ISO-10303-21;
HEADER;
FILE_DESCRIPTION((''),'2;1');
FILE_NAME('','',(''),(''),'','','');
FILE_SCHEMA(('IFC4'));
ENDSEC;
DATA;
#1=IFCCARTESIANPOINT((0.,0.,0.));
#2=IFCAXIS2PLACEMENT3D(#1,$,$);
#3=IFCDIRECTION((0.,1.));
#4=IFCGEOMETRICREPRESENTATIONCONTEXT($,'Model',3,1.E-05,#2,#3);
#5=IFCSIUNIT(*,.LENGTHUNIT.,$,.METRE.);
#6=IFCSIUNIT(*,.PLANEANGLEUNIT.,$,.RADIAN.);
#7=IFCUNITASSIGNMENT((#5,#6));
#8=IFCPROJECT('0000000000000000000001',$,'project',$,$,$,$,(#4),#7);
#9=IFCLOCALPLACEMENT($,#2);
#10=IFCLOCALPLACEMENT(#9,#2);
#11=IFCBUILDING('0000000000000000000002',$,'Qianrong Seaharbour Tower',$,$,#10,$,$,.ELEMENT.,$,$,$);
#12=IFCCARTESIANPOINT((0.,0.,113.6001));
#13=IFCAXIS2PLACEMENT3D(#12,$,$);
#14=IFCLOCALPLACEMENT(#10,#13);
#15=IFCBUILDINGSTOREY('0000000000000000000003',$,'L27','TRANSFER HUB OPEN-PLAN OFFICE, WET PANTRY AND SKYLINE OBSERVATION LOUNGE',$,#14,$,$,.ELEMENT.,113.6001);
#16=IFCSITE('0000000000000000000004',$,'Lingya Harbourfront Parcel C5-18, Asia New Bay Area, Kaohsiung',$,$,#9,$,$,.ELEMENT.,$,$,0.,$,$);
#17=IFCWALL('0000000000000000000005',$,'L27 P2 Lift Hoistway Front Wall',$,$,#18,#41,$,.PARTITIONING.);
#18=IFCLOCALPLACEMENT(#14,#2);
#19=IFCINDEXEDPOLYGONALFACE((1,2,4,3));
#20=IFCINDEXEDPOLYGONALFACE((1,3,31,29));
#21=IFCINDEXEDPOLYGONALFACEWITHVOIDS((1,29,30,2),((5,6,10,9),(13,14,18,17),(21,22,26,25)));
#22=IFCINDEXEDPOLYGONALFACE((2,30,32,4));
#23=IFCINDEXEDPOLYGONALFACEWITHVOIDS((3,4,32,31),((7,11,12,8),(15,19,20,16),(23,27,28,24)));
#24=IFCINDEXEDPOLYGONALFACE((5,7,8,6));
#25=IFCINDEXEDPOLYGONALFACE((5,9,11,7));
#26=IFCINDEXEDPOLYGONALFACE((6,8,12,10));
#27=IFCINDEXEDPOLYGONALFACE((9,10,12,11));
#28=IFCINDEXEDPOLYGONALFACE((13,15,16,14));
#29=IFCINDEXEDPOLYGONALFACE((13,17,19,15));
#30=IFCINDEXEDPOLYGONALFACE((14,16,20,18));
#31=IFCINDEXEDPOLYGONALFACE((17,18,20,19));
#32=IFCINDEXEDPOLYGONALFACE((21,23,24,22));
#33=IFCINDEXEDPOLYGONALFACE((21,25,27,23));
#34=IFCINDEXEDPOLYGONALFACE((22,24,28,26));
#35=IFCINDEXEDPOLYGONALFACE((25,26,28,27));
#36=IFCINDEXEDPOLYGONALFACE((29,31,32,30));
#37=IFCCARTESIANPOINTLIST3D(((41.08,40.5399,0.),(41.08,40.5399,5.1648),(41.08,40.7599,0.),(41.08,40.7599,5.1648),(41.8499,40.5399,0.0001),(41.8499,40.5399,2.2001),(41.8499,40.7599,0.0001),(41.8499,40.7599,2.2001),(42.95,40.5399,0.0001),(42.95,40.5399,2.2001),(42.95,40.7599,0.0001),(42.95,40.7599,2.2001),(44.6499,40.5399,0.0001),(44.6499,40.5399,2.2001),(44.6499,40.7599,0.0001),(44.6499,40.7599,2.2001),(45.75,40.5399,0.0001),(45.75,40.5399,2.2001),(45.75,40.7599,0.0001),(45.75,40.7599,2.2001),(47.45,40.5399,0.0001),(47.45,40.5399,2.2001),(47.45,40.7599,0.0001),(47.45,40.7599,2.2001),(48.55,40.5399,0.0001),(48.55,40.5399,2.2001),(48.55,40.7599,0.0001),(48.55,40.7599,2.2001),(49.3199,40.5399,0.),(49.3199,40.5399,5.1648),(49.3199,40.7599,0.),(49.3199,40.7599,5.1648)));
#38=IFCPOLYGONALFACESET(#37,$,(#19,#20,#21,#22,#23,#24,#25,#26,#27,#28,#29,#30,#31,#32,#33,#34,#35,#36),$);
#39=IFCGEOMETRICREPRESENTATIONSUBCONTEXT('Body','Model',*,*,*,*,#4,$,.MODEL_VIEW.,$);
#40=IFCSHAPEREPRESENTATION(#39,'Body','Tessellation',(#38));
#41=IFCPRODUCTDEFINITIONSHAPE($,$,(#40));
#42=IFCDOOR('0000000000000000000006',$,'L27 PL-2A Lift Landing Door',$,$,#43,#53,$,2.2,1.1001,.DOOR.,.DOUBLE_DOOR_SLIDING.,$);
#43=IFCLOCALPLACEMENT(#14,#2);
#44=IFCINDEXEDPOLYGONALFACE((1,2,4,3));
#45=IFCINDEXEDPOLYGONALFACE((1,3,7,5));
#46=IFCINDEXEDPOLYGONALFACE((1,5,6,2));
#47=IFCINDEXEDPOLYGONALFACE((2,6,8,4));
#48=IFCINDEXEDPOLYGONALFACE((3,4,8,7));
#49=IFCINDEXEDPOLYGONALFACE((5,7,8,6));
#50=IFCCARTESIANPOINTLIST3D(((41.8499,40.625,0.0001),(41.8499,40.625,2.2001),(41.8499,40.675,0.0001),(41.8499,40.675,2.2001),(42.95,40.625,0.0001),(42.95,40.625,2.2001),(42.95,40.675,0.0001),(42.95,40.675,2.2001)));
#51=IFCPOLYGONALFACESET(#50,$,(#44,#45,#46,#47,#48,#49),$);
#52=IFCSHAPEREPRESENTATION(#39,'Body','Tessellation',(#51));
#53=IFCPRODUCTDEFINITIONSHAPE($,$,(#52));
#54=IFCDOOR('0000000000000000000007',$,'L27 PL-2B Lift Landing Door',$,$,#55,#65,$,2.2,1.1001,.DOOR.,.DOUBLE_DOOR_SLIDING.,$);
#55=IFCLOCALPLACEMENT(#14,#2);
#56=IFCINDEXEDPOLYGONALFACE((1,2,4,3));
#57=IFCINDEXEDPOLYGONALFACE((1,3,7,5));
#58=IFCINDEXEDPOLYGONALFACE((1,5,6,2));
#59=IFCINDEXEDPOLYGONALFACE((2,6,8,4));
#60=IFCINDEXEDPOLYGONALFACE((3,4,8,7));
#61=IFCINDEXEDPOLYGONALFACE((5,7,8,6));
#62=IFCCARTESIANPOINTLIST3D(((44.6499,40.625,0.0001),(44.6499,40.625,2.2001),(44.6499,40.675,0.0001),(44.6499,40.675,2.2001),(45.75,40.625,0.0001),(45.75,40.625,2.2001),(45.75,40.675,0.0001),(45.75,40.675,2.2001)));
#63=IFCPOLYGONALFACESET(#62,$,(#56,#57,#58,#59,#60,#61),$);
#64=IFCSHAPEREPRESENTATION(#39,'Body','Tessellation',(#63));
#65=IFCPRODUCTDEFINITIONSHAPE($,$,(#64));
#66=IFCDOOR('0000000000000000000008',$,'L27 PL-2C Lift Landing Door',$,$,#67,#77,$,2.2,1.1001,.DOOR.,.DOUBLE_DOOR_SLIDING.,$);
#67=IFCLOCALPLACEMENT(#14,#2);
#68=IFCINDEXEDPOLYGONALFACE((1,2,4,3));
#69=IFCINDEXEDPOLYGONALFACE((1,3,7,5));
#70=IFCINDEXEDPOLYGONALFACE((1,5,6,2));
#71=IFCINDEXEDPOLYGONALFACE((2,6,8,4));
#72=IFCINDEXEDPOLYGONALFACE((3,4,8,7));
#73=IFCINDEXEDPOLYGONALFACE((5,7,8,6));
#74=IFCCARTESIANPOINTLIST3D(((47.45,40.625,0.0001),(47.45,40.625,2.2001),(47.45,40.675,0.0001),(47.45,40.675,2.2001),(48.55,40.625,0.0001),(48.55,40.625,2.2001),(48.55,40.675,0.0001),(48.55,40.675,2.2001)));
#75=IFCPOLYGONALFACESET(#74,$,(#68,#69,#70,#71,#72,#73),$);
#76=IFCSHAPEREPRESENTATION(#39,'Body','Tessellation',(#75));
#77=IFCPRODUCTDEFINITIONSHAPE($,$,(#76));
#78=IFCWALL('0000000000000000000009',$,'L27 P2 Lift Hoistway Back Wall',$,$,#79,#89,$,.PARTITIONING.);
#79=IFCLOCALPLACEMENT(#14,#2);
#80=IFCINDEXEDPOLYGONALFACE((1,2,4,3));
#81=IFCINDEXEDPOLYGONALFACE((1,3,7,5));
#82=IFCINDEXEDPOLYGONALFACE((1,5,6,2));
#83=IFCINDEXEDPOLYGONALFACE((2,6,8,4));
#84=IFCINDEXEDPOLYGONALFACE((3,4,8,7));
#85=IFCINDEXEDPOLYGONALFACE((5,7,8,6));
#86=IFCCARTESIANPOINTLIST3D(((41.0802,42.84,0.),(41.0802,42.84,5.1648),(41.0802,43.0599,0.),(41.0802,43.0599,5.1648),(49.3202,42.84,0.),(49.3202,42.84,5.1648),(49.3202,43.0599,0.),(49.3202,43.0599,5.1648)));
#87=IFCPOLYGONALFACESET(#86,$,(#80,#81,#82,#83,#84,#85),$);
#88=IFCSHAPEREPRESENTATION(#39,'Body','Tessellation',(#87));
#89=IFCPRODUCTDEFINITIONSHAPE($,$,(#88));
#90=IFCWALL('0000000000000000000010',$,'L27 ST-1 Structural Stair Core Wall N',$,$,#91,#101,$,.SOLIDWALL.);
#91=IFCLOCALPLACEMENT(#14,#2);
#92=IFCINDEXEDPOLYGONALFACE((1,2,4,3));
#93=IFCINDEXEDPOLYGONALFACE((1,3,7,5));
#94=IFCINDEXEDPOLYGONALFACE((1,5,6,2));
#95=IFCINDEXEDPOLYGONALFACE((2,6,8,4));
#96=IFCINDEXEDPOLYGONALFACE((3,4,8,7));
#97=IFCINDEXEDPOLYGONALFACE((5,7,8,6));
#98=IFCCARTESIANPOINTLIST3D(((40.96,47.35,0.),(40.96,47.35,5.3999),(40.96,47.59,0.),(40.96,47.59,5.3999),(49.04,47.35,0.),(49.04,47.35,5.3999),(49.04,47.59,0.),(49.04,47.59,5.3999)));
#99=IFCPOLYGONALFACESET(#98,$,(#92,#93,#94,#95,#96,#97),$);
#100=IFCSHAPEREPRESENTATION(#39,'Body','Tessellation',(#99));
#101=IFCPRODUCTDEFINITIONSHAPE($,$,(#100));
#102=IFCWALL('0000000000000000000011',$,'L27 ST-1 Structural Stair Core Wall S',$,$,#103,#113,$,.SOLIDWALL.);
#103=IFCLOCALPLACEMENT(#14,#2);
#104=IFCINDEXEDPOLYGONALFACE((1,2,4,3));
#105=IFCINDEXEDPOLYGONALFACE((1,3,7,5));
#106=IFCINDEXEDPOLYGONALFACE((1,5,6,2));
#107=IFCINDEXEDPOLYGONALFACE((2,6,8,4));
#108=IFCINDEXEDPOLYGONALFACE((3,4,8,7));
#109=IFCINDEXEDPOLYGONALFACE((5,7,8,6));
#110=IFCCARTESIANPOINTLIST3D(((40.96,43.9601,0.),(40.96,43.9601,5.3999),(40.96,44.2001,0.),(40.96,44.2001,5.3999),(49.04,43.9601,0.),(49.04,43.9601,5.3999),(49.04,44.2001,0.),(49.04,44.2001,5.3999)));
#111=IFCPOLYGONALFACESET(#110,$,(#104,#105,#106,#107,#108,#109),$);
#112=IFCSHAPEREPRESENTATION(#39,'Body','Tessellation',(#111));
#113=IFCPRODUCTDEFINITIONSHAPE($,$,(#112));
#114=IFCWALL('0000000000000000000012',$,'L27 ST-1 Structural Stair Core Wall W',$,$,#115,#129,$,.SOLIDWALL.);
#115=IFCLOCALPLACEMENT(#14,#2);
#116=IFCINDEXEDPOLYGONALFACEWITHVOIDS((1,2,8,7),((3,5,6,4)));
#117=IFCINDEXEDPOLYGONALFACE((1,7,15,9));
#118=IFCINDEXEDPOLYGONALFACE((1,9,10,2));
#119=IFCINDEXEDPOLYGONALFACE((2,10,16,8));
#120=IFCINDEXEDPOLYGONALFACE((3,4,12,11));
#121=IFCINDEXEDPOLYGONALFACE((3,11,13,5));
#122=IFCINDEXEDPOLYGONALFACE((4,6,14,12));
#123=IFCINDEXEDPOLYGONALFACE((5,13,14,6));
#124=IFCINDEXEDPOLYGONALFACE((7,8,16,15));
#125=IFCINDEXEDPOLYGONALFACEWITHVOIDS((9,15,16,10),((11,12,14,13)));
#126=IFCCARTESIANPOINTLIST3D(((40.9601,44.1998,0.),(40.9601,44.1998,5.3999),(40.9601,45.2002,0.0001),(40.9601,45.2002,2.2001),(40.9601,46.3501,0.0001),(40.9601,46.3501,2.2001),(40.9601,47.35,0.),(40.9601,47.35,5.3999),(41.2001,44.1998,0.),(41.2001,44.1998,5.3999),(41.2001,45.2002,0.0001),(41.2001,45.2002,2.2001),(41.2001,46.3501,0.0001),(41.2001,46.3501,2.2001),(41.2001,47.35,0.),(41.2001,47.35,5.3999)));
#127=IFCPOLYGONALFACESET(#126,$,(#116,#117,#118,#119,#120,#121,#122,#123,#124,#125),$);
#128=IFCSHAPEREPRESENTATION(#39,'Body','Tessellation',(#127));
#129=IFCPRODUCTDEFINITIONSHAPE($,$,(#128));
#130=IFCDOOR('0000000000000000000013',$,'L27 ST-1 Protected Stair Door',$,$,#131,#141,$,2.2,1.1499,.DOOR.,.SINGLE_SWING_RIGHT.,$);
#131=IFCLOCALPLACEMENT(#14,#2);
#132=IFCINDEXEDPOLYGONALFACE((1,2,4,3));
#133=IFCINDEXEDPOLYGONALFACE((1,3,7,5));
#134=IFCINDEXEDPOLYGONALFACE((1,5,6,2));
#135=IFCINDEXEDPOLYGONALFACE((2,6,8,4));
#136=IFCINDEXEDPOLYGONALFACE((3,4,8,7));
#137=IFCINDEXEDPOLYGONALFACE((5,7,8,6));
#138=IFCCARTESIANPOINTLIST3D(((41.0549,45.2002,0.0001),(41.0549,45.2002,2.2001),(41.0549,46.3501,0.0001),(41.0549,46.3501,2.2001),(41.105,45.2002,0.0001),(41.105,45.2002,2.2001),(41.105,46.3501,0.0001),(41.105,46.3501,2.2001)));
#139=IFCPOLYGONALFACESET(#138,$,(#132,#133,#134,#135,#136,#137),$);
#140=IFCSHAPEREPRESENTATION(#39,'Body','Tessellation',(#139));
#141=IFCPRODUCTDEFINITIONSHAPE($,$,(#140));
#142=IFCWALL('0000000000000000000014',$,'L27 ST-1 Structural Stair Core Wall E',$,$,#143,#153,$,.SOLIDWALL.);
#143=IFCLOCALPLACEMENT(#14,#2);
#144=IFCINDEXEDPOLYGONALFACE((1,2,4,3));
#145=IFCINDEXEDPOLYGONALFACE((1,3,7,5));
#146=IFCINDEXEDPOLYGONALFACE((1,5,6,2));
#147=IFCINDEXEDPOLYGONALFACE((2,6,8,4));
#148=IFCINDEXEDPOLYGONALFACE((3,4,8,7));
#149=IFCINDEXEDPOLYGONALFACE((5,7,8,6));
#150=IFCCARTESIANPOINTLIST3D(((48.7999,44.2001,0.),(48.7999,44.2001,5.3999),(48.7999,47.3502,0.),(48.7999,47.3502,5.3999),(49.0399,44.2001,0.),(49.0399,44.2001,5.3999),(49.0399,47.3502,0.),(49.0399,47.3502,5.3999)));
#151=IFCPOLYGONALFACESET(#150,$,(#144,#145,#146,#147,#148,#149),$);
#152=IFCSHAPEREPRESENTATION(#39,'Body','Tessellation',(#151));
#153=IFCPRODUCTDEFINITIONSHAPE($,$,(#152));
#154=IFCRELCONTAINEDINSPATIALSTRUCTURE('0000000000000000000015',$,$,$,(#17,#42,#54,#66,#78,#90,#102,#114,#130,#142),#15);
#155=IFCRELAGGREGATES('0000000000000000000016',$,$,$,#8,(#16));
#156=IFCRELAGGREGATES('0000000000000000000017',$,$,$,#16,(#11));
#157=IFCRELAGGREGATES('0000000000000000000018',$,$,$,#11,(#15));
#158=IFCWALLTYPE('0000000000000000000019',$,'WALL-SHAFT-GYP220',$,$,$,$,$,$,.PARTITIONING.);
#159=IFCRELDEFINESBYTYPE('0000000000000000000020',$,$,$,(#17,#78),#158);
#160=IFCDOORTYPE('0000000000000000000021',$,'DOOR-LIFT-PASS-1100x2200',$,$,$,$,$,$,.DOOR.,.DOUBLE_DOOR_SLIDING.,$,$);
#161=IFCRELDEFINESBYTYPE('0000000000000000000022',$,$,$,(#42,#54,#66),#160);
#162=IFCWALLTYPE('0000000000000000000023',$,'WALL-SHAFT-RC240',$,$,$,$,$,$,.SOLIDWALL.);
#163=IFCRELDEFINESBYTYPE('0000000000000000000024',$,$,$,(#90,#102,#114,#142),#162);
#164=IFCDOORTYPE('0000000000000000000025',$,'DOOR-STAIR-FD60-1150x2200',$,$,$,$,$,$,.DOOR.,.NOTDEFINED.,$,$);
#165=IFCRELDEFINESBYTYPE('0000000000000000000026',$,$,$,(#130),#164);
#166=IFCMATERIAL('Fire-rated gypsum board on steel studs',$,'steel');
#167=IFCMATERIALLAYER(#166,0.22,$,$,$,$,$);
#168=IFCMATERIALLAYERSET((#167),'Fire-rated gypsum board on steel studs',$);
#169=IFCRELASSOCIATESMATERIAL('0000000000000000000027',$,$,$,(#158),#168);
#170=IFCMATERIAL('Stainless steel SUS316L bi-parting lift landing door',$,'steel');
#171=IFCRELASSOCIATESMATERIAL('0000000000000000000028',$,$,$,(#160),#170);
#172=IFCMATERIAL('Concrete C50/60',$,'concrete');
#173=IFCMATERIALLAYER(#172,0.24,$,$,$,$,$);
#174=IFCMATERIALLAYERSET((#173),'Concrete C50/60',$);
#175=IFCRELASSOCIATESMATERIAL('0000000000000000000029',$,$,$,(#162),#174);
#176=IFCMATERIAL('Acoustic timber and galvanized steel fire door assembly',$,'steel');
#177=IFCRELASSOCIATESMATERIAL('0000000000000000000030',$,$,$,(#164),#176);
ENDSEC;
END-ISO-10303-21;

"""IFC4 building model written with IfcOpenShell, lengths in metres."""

from ifc_helpers import new_model, si_unit, direction, frame, frame_2d, origin, place, context, subcontext, project, spatial, rectangle, extrude, material, layer, layer_set, type_object, element, fill, save


model = new_model("IFC4")

# Units and contexts
model_context = context("Model", 3, precision=1e-05, world=origin(), true_north=direction((0.0, 1.0)))
body_context = subcontext(model_context, "Body", "Model", "MODEL_VIEW")
ifc_project = project(units=[si_unit("LENGTHUNIT", "METRE"), si_unit("PLANEANGLEUNIT", "RADIAN")], contexts=[model_context])

# Site, building, storey
site_placement = place(None, origin())
site = spatial("IfcSite", under=ifc_project, at=site_placement, Name="Lingya Harbourfront Parcel C5-18, Asia New Bay Area, Kaohsiung", CompositionType="ELEMENT", RefElevation=0.0)
building_placement = place(site_placement, origin())
building = spatial("IfcBuilding", under=site, at=building_placement, Name="Qianrong Seaharbour Tower", CompositionType="ELEMENT")
storey_placement = place(building_placement, frame((0.0, 0.0, 113.6001)))
storey = spatial("IfcBuildingStorey", under=building, at=storey_placement, Name="L27", Description="TRANSFER HUB OPEN-PLAN OFFICE, WET PANTRY AND SKYLINE OBSERVATION LOUNGE", CompositionType="ELEMENT", Elevation=113.6001)

# Shared definitions
ifc_material_1 = material(Name="Acoustic timber and galvanized steel fire door assembly", Category="steel")

# Shared definitions
ifc_material_2 = material(Name="Fire-rated gypsum board on steel studs", Category="steel")

# Wall, openings, doors
ifc_layer_1 = layer(ifc_material_2, 0.22)
ifc_layer_set_1 = layer_set([ifc_layer_1], Name="Fire-rated gypsum board on steel studs")
wall_type_1 = type_object("IfcWallType", Name="WALL-SHAFT-GYP220", PredefinedType="PARTITIONING", material=ifc_layer_set_1)
wall_1_placement = place(storey_placement, frame((49.3201, 40.6499, 0.0), z_axis=(0.0, 0.0, 1.0), x_axis=(-1.0, 0.0, 0.0)))
wall_1 = element("IfcWall", 1, at=wall_1_placement, inside=storey, type_object=wall_type_1, Name="L27 P2 Lift Hoistway Front Wall", PredefinedType="PARTITIONING", context=body_context, shape_type="SweptSolid", body=[
    extrude(rectangle(XDim=8.24, YDim=0.22, at=frame_2d((4.1201, 0.0))), origin(), (0.0, 0.0, 1.0), 5.1648),
])
opening_1_placement = place(wall_1_placement, frame((6.3701, 0.0, 0.0)))
opening_1 = element("IfcOpeningElement", 2, at=opening_1_placement, cuts=wall_1, PredefinedType="OPENING", context=body_context, shape_type="SweptSolid", body=[
    extrude(rectangle(XDim=1.1001, YDim=2.2, at=frame_2d((0.55, 1.1001))), frame((0.0, 0.1201, 0.0), z_axis=(0.0, -1.0, 0.0), x_axis=(1.0, 0.0, 0.0)), (0.0, 0.0, 1.0), 0.24),
])
opening_2_placement = place(wall_1_placement, frame((3.5701, 0.0, 0.0)))
opening_2 = element("IfcOpeningElement", 3, at=opening_2_placement, cuts=wall_1, PredefinedType="OPENING", context=body_context, shape_type="SweptSolid", body=[
    extrude(rectangle(XDim=1.1001, YDim=2.2, at=frame_2d((0.55, 1.1001))), frame((0.0, 0.1201, 0.0), z_axis=(0.0, -1.0, 0.0), x_axis=(1.0, 0.0, 0.0)), (0.0, 0.0, 1.0), 0.24),
])
opening_3_placement = place(wall_1_placement, frame((0.77, 0.0, 0.0)))
opening_3 = element("IfcOpeningElement", 4, at=opening_3_placement, cuts=wall_1, PredefinedType="OPENING", context=body_context, shape_type="SweptSolid", body=[
    extrude(rectangle(XDim=1.1001, YDim=2.2, at=frame_2d((0.55, 1.1001))), frame((0.0, 0.1201, 0.0), z_axis=(0.0, -1.0, 0.0), x_axis=(1.0, 0.0, 0.0)), (0.0, 0.0, 1.0), 0.24),
])
ifc_material_3 = material(Name="Stainless steel SUS316L bi-parting lift landing door", Category="steel")
door_type_1 = type_object("IfcDoorType", Name="DOOR-LIFT-PASS-1100x2200", OperationType="DOUBLE_DOOR_SLIDING", PredefinedType="DOOR", material=ifc_material_3)
door_1_placement = place(opening_1_placement, origin())
door_1 = element("IfcDoor", 5, at=door_1_placement, inside=storey, type_object=door_type_1, Name="L27 PL-2A Lift Landing Door", OperationType="DOUBLE_DOOR_SLIDING", OverallHeight=2.2, OverallWidth=1.1001, PredefinedType="DOOR", context=body_context, shape_type="SweptSolid", body=[
    extrude(rectangle(XDim=1.1001, YDim=2.2, at=frame_2d((0.55, 1.1001))), frame((0.0, 0.0249, 0.0), z_axis=(0.0, -1.0, 0.0), x_axis=(1.0, 0.0, 0.0)), (0.0, 0.0, 1.0), 0.05),
])
fill(opening_1, door_1)
door_2_placement = place(opening_2_placement, origin())
door_2 = element("IfcDoor", 6, at=door_2_placement, inside=storey, type_object=door_type_1, Name="L27 PL-2B Lift Landing Door", OperationType="DOUBLE_DOOR_SLIDING", OverallHeight=2.2, OverallWidth=1.1001, PredefinedType="DOOR", context=body_context, shape_type="SweptSolid", body=[
    extrude(rectangle(XDim=1.1001, YDim=2.2, at=frame_2d((0.55, 1.1001))), frame((0.0, 0.0249, 0.0), z_axis=(0.0, -1.0, 0.0), x_axis=(1.0, 0.0, 0.0)), (0.0, 0.0, 1.0), 0.05),
])
fill(opening_2, door_2)
door_3_placement = place(opening_3_placement, origin())
door_3 = element("IfcDoor", 7, at=door_3_placement, inside=storey, type_object=door_type_1, Name="L27 PL-2C Lift Landing Door", OperationType="DOUBLE_DOOR_SLIDING", OverallHeight=2.2, OverallWidth=1.1001, PredefinedType="DOOR", context=body_context, shape_type="SweptSolid", body=[
    extrude(rectangle(XDim=1.1001, YDim=2.2, at=frame_2d((0.55, 1.1001))), frame((0.0, 0.0249, 0.0), z_axis=(0.0, -1.0, 0.0), x_axis=(1.0, 0.0, 0.0)), (0.0, 0.0, 1.0), 0.05),
])
fill(opening_3, door_3)

# Walls
wall_2_placement = place(storey_placement, frame((41.0801, 42.95, 0.0), z_axis=(0.0, 0.0, 1.0), x_axis=(1.0, 0.0, 0.0)))
element("IfcWall", 8, at=wall_2_placement, inside=storey, type_object=wall_type_1, Name="L27 P2 Lift Hoistway Back Wall", PredefinedType="PARTITIONING", context=body_context, shape_type="SweptSolid", body=[
    extrude(rectangle(XDim=8.24, YDim=0.22, at=frame_2d((4.1201, 0.0))), origin(), (0.0, 0.0, 1.0), 5.1648),
])
ifc_material_4 = material(Name="Concrete C50/60", Category="concrete")
ifc_layer_2 = layer(ifc_material_4, 0.24)
ifc_layer_set_2 = layer_set([ifc_layer_2], Name="Concrete C50/60")
wall_type_2 = type_object("IfcWallType", Name="WALL-SHAFT-RC240", PredefinedType="SOLIDWALL", material=ifc_layer_set_2)
for number, where, z_axis, x_axis, name in (
    (9, (40.96, 47.47, 0.0), (0.0, 0.0, 1.0), (1.0, 0.0, 0.0), "L27 ST-1 Structural Stair Core Wall N"),
    (10, (49.04, 44.0801, 0.0), (0.0, 0.0, 1.0), (-1.0, 0.0, 0.0), "L27 ST-1 Structural Stair Core Wall S"),
):
    element("IfcWall", number, at=place(storey_placement, frame(where, z_axis=z_axis, x_axis=x_axis)), inside=storey, type_object=wall_type_2, Name=name, PredefinedType="SOLIDWALL", context=body_context, shape_type="SweptSolid", body=[
        extrude(rectangle(XDim=8.0801, YDim=0.24, at=frame_2d((4.04, 0.0))), origin(), (0.0, 0.0, 1.0), 5.3999),
    ])

# Wall, opening, door
wall_3_placement = place(storey_placement, frame((41.0801, 47.3501, 0.0), z_axis=(0.0, 0.0, 1.0), x_axis=(0.0, -1.0, 0.0)))
wall_3 = element("IfcWall", 11, at=wall_3_placement, inside=storey, type_object=wall_type_2, Name="L27 ST-1 Structural Stair Core Wall W", PredefinedType="SOLIDWALL", context=body_context, shape_type="SweptSolid", body=[
    extrude(rectangle(XDim=3.1501, YDim=0.24, at=frame_2d((1.5752, 0.0))), origin(), (0.0, 0.0, 1.0), 5.3999),
])
opening_4_placement = place(wall_3_placement, frame((1.0, 0.0, 0.0)))
opening_4 = element("IfcOpeningElement", 12, at=opening_4_placement, cuts=wall_3, PredefinedType="OPENING", context=body_context, shape_type="SweptSolid", body=[
    extrude(rectangle(XDim=1.1499, YDim=2.2, at=frame_2d((0.575, 1.1001))), frame((0.0, 0.1299, 0.0), z_axis=(0.0, -1.0, 0.0), x_axis=(1.0, 0.0, 0.0)), (0.0, 0.0, 1.0), 0.26),
])
door_type_2 = type_object("IfcDoorType", Name="DOOR-STAIR-FD60-1150x2200", OperationType="NOTDEFINED", PredefinedType="DOOR", material=ifc_material_1)
door_4_placement = place(opening_4_placement, origin())
door_4 = element("IfcDoor", 13, at=door_4_placement, inside=storey, type_object=door_type_2, Name="L27 ST-1 Protected Stair Door", OperationType="SINGLE_SWING_RIGHT", OverallHeight=2.2, OverallWidth=1.1499, PredefinedType="DOOR", context=body_context, shape_type="SweptSolid", body=[
    extrude(rectangle(XDim=1.1499, YDim=2.2, at=frame_2d((0.575, 1.1001))), frame((0.0, 0.0249, 0.0), z_axis=(0.0, -1.0, 0.0), x_axis=(1.0, 0.0, 0.0)), (0.0, 0.0, 1.0), 0.05),
])
fill(opening_4, door_4)

# Wall
wall_4_placement = place(storey_placement, frame((48.9199, 44.2, 0.0), z_axis=(0.0, 0.0, 1.0), x_axis=(0.0, 1.0, 0.0)))
element("IfcWall", 14, at=wall_4_placement, inside=storey, type_object=wall_type_2, Name="L27 ST-1 Structural Stair Core Wall E", PredefinedType="SOLIDWALL", context=body_context, shape_type="SweptSolid", body=[
    extrude(rectangle(XDim=3.1501, YDim=0.24, at=frame_2d((1.5752, 0.0))), origin(), (0.0, 0.0, 1.0), 5.3999),
])

save(model, "model.ifc")
